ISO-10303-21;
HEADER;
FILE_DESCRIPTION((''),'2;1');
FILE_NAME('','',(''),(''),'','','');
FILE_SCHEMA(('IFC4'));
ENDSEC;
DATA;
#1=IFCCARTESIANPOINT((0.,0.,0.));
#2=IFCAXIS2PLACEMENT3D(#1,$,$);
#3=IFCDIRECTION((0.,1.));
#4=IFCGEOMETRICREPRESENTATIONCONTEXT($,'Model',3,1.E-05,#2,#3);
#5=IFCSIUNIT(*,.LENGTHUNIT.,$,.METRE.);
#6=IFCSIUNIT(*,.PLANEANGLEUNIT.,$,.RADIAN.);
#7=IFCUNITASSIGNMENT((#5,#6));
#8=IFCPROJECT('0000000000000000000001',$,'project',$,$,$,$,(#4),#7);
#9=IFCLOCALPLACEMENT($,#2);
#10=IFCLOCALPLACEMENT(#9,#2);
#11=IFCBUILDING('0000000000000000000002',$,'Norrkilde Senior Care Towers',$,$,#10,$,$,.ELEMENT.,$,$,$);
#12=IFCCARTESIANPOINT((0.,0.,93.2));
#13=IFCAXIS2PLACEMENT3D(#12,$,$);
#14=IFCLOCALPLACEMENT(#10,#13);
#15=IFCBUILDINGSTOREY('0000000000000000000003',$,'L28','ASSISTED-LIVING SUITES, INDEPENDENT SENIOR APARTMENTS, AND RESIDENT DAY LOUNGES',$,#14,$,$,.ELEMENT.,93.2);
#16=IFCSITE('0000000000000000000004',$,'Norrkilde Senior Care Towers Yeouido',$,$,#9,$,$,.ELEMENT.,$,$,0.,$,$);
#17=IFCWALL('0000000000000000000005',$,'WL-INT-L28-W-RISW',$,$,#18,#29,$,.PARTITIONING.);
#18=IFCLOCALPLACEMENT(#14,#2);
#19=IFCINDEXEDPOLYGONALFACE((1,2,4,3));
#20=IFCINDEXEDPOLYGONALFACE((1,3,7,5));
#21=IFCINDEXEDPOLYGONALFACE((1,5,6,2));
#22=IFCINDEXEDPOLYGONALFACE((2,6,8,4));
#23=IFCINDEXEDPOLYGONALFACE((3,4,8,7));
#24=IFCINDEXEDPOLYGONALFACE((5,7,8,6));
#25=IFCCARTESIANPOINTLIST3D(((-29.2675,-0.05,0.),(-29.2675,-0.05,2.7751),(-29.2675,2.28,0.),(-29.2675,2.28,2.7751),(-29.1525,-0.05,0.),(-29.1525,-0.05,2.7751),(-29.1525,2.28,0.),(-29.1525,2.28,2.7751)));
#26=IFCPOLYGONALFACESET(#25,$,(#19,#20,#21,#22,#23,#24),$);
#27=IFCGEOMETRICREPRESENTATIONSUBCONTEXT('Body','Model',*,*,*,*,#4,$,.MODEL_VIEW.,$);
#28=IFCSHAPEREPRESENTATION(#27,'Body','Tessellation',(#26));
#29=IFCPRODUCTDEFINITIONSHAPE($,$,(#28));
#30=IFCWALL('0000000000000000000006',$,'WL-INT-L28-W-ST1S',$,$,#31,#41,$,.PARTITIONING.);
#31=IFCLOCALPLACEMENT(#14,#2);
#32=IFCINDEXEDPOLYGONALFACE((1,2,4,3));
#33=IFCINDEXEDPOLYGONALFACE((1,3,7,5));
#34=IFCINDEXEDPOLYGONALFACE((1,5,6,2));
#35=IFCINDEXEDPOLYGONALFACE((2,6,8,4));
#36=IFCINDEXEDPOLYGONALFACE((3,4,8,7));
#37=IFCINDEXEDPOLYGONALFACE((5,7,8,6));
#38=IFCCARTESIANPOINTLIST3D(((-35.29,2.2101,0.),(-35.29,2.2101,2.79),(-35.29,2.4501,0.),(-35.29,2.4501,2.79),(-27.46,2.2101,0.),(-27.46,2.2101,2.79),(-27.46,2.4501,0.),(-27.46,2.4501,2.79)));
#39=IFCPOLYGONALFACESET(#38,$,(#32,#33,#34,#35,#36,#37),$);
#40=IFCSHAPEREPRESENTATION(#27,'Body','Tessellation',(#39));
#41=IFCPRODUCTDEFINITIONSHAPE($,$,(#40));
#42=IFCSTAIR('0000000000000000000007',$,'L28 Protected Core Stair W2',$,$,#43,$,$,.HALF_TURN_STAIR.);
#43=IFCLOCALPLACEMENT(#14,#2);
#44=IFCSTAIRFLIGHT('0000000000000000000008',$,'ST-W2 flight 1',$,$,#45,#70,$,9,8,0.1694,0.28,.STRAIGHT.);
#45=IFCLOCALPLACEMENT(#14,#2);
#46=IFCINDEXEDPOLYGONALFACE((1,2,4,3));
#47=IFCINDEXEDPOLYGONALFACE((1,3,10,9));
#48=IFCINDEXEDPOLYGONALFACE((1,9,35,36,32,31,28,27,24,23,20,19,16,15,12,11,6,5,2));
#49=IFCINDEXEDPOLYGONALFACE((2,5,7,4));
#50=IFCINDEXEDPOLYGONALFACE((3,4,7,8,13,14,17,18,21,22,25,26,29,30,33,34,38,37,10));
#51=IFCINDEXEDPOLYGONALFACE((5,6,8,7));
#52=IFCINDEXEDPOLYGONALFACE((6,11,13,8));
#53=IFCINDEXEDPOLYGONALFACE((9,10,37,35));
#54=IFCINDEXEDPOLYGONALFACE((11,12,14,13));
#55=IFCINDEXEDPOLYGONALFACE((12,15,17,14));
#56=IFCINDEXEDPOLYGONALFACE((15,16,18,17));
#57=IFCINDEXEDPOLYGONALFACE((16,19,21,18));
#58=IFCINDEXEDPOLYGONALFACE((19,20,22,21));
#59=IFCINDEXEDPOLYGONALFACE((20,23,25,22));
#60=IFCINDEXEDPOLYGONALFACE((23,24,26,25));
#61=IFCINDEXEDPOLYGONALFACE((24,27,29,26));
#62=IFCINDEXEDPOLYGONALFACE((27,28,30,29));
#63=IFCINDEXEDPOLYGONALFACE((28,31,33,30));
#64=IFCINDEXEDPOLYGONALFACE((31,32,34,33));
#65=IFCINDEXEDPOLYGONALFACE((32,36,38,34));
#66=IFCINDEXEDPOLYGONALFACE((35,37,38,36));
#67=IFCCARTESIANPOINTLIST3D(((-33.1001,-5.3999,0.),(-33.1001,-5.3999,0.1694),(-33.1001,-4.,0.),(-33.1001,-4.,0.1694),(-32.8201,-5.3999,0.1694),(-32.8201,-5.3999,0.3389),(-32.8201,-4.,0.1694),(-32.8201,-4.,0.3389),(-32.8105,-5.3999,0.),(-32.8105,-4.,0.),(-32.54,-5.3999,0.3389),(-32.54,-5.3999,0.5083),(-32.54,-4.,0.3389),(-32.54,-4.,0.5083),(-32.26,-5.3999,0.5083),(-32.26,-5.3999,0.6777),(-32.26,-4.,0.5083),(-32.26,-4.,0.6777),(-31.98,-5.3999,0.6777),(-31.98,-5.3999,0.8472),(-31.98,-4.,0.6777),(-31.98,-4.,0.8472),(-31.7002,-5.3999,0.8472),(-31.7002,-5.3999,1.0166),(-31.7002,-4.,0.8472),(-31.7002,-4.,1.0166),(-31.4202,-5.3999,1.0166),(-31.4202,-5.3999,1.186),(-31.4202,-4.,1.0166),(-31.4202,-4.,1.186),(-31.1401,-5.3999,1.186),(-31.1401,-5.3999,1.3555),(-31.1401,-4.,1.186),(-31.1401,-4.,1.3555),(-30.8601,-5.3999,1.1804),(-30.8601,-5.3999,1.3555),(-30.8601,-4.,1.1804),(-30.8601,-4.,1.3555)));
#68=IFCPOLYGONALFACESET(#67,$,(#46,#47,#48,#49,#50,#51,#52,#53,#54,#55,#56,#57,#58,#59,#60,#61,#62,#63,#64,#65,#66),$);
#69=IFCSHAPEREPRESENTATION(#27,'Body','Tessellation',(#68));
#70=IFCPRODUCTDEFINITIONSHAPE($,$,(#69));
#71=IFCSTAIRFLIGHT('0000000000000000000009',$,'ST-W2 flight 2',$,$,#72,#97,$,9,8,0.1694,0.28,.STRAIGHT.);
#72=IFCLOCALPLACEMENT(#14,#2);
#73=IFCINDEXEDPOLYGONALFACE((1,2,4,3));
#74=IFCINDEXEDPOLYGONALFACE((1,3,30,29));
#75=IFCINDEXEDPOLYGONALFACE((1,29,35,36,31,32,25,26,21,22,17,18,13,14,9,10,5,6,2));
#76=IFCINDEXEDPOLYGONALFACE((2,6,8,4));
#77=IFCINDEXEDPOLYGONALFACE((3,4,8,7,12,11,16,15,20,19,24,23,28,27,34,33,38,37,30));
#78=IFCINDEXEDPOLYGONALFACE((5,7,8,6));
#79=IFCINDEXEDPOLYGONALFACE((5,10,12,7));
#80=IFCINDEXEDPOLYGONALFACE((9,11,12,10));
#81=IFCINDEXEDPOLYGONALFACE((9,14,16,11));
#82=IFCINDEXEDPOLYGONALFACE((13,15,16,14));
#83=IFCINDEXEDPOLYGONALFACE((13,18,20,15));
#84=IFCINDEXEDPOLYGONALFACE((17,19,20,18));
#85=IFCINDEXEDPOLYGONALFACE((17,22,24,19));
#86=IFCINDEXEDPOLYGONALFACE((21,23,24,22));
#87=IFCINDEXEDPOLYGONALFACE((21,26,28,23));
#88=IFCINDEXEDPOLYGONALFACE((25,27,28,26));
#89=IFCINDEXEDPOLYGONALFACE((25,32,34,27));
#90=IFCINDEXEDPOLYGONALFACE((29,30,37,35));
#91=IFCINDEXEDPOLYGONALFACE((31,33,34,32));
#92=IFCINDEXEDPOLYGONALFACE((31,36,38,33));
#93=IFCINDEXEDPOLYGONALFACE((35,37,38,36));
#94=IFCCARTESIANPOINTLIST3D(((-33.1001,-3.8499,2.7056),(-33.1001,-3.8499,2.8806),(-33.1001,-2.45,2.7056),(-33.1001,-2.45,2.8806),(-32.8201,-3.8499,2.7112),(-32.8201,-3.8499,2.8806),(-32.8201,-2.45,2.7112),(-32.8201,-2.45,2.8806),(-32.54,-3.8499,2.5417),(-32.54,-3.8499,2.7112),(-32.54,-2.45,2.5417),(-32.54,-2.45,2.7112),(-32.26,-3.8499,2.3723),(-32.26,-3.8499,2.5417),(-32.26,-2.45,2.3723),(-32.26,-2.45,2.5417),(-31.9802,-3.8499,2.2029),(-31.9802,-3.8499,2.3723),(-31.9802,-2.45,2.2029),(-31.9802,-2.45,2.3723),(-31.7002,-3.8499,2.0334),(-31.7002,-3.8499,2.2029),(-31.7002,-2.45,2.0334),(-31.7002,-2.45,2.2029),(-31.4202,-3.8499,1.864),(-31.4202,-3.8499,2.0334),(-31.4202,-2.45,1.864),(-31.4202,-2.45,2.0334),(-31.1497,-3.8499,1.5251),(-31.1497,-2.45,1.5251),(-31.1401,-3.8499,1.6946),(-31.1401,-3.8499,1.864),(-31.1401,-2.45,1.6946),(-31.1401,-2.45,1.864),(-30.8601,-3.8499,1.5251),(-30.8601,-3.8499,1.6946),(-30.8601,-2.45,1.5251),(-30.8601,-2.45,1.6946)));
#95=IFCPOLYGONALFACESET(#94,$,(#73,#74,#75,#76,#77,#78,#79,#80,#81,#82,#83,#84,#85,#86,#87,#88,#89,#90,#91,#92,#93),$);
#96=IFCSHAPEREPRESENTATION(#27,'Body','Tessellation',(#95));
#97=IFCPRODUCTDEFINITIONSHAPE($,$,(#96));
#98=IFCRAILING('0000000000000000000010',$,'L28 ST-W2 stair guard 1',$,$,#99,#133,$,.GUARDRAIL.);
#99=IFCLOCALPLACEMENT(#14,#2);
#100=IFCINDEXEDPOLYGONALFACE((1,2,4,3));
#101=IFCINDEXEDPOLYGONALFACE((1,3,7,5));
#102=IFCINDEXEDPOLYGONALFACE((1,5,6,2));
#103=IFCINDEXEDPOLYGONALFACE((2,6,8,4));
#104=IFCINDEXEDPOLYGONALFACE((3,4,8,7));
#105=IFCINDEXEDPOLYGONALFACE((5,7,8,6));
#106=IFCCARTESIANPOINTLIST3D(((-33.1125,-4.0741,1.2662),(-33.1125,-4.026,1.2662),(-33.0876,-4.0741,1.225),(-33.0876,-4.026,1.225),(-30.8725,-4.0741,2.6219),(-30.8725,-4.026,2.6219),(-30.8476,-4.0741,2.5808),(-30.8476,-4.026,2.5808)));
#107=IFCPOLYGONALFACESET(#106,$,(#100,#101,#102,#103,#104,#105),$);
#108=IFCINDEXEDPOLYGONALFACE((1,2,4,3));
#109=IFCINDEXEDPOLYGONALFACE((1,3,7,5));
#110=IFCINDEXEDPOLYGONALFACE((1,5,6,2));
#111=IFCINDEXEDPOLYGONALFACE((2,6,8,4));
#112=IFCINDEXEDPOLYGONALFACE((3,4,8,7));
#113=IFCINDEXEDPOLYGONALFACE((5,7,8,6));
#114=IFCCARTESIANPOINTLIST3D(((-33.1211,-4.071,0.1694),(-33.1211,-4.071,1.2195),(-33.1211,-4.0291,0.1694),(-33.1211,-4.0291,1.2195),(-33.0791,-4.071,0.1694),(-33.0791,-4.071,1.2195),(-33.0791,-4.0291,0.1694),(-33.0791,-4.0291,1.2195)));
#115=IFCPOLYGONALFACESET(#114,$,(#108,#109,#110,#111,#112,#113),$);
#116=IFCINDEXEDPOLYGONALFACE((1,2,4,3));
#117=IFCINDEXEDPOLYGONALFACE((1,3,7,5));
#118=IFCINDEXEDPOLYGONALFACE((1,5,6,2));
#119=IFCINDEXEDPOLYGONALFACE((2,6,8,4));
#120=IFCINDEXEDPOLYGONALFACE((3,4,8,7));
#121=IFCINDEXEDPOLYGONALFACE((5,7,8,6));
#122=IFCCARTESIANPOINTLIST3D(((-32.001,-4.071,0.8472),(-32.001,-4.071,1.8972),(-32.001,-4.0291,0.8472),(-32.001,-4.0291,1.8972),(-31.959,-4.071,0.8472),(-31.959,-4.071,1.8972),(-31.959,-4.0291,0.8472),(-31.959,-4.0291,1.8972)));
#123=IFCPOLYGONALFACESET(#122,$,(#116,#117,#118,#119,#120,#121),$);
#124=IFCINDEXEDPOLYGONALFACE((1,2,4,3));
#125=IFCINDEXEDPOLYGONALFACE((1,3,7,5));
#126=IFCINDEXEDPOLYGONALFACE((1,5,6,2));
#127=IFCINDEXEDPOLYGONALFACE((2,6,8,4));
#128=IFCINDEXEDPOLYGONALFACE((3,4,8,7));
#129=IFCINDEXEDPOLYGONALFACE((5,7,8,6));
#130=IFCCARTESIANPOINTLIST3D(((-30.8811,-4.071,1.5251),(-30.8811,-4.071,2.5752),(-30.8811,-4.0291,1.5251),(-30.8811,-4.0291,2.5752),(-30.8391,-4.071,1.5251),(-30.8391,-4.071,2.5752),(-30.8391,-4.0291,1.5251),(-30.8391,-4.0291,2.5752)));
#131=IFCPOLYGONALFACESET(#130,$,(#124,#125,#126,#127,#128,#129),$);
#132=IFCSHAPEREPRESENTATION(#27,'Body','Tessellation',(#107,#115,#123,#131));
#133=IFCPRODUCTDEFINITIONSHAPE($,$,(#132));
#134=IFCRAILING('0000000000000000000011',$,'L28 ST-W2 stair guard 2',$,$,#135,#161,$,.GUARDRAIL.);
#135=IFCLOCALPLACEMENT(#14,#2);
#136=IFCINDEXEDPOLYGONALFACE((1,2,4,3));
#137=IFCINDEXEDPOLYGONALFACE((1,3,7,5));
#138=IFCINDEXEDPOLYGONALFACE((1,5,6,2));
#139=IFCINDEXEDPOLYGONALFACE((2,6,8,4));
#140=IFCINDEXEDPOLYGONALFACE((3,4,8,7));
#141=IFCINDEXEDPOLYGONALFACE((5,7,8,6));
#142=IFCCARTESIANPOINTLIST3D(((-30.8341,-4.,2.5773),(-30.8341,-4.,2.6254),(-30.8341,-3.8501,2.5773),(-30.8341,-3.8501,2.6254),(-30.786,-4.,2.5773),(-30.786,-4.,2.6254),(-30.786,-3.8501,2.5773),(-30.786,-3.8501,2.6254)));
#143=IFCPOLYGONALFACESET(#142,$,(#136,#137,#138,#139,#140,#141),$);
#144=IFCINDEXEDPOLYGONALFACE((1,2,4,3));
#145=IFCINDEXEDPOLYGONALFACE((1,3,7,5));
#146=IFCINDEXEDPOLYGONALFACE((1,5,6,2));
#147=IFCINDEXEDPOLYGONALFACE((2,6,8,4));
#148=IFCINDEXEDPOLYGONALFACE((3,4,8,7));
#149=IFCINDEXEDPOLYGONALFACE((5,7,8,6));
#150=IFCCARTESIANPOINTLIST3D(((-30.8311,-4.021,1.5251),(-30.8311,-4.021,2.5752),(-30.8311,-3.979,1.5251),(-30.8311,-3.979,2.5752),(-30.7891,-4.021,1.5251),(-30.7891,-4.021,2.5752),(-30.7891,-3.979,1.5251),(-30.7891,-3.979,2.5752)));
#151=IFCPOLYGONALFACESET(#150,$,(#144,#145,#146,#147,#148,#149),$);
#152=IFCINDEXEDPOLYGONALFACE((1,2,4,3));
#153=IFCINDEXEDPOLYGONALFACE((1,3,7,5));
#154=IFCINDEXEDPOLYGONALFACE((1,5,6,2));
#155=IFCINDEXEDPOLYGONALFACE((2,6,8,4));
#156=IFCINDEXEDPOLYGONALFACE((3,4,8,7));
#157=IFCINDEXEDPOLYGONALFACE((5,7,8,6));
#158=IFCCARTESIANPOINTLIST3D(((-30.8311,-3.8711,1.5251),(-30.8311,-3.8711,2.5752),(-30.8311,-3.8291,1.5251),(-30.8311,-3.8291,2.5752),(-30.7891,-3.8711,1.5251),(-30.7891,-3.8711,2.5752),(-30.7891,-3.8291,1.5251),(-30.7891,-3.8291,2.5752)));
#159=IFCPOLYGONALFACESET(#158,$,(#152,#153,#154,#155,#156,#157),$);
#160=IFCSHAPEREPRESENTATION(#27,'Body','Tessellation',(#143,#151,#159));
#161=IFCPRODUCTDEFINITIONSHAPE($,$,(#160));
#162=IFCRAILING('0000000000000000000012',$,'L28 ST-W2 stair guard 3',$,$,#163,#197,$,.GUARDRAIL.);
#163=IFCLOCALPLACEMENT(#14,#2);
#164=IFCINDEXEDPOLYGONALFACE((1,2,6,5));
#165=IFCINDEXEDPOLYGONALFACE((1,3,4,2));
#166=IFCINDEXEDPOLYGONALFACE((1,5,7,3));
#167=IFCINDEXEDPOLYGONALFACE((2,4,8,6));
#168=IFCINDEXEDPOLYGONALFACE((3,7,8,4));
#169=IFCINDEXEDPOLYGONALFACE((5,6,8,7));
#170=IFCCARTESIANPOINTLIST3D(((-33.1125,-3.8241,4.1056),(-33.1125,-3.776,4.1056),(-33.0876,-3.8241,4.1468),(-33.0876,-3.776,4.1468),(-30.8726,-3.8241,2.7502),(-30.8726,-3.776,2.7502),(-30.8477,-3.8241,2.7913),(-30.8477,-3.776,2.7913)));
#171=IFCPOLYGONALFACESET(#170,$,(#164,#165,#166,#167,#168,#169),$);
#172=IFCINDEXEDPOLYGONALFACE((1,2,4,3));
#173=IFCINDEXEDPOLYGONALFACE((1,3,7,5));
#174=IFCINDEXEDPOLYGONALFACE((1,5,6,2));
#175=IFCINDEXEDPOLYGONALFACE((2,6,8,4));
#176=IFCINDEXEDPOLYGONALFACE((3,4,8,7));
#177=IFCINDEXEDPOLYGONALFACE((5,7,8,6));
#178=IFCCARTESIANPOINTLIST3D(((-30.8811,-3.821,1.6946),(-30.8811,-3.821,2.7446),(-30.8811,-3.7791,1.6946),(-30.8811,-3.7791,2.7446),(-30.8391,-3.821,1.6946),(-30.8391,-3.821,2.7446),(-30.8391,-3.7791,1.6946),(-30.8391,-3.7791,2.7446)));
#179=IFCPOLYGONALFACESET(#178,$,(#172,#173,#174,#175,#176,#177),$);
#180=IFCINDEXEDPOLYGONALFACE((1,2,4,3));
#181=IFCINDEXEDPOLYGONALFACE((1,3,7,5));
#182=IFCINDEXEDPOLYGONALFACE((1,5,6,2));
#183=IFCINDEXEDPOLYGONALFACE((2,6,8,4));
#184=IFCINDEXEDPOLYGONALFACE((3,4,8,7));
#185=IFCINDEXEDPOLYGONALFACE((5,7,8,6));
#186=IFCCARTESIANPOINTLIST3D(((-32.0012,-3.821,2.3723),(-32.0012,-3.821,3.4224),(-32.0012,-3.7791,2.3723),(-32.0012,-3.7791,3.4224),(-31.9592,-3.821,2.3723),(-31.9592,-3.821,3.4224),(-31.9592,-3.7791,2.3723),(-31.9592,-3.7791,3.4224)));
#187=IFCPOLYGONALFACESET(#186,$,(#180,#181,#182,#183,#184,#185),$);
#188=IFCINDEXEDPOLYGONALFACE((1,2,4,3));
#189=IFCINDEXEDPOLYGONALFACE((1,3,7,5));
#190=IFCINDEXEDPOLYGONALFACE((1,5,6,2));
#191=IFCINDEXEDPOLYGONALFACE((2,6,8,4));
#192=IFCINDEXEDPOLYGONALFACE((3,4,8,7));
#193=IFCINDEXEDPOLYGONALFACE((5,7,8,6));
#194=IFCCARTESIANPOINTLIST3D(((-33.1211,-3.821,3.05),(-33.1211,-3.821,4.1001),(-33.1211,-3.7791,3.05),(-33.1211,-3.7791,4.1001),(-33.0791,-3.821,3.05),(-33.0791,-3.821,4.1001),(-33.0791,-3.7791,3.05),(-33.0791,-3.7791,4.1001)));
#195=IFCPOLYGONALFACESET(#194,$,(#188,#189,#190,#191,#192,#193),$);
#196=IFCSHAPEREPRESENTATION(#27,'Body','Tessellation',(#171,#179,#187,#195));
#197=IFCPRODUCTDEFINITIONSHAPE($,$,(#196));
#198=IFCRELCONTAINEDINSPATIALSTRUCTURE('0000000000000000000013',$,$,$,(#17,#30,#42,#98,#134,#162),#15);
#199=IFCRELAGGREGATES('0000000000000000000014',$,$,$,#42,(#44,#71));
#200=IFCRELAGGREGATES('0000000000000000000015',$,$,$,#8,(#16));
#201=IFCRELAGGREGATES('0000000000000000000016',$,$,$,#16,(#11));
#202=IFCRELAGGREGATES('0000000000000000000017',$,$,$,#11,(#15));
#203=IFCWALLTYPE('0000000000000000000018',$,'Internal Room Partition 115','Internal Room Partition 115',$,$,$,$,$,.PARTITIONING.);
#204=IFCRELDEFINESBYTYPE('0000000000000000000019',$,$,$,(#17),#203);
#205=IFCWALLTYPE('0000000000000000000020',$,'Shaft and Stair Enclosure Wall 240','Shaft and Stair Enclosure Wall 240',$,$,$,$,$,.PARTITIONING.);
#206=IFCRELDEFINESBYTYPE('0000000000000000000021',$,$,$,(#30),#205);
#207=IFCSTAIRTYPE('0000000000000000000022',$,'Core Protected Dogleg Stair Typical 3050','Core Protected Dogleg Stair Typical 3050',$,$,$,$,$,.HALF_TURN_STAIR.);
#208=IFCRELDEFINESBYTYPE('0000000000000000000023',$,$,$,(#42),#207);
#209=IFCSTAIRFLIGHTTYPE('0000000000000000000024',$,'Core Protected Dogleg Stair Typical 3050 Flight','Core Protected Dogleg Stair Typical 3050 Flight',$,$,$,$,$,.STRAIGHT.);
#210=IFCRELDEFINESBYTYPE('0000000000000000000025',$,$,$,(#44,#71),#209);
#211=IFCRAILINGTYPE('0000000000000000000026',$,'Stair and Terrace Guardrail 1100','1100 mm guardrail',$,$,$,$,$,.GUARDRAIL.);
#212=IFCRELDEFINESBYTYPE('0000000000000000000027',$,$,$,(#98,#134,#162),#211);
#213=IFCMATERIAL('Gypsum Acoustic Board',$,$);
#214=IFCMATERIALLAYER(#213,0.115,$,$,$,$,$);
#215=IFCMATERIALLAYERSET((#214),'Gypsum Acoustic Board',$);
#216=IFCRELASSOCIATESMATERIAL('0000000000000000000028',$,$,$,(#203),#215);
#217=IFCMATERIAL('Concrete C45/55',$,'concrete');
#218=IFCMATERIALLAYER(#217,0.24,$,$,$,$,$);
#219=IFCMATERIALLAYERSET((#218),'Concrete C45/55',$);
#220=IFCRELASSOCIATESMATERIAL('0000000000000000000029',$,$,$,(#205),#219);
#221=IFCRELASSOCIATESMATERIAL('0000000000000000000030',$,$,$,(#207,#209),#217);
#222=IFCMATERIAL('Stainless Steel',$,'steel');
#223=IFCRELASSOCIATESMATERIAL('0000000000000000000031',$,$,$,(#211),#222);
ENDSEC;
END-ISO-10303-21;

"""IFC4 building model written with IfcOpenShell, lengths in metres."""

from ifc_helpers import new_model, si_unit, direction, frame, frame_2d, origin, origin_2d, place, context, subcontext, project, spatial, polyline, rectangle, outline, extrude, source, transform, mapped, material, layer, layer_set, type_object, type_shapes, element, aggregate, save


model = new_model("IFC4")

# Units and contexts
model_context = context("Model", 3, precision=1e-05, world=origin(), true_north=direction((0.0, 1.0)))
body_context = subcontext(model_context, "Body", "Model", "MODEL_VIEW")
ifc_project = project(units=[si_unit("LENGTHUNIT", "METRE"), si_unit("PLANEANGLEUNIT", "RADIAN")], contexts=[model_context])

# Site, building, storey
site_placement = place(None, origin())
site = spatial("IfcSite", under=ifc_project, at=site_placement, Name="Norrkilde Senior Care Towers Yeouido", CompositionType="ELEMENT", RefElevation=0.0)
building_placement = place(site_placement, origin())
building = spatial("IfcBuilding", under=site, at=building_placement, Name="Norrkilde Senior Care Towers", CompositionType="ELEMENT")
storey_placement = place(building_placement, frame((0.0, 0.0, 93.2)))
storey = spatial("IfcBuildingStorey", under=building, at=storey_placement, Name="L28", Description="ASSISTED-LIVING SUITES, INDEPENDENT SENIOR APARTMENTS, AND RESIDENT DAY LOUNGES", CompositionType="ELEMENT", Elevation=93.2)

# Shared definitions
ifc_material_1 = material(Name="Concrete C45/55", Category="concrete")

# Walls
ifc_material_2 = material(Name="Gypsum Acoustic Board")
ifc_layer_1 = layer(ifc_material_2, 0.115)
ifc_layer_set_1 = layer_set([ifc_layer_1], Name="Gypsum Acoustic Board")
wall_type_1 = type_object("IfcWallType", Name="Internal Room Partition 115", Description="Internal Room Partition 115", PredefinedType="PARTITIONING", material=ifc_layer_set_1)
shared_shape_1 = source(origin(), body_context, "Body", "SweptSolid", [
    extrude(rectangle(XDim=2.3301, YDim=0.115, at=frame_2d((1.165, 0.0))), origin(), (0.0, 0.0, 1.0), 2.7751),
])
type_shapes(wall_type_1, [shared_shape_1])
wall_1_placement = place(storey_placement, frame((-29.21, -0.05, 0.0), z_axis=(0.0, 0.0, 1.0), x_axis=(0.0, 1.0, 0.0)))
element("IfcWall", 1, at=wall_1_placement, inside=storey, type_object=wall_type_1, Name="WL-INT-L28-W-RISW", PredefinedType="PARTITIONING", context=body_context, shape_type="MappedRepresentation", body=[
    mapped(shared_shape_1, transform((0.0, 0.0, 0.0), x_axis=(1.0, 0.0, 0.0), y_axis=(0.0, 1.0, 0.0), z_axis=(0.0, 0.0, 1.0), scale=1.0)),
])
ifc_layer_2 = layer(ifc_material_1, 0.24)
ifc_layer_set_2 = layer_set([ifc_layer_2], Name="Concrete C45/55")
wall_type_2 = type_object("IfcWallType", Name="Shaft and Stair Enclosure Wall 240", Description="Shaft and Stair Enclosure Wall 240", PredefinedType="PARTITIONING", material=ifc_layer_set_2)
shared_shape_2 = source(origin(), body_context, "Body", "SweptSolid", [
    extrude(rectangle(XDim=7.8301, YDim=0.24, at=frame_2d((3.915, 0.0))), origin(), (0.0, 0.0, 1.0), 2.79),
])
type_shapes(wall_type_2, [shared_shape_2])
wall_2_placement = place(storey_placement, frame((-35.29, 2.3301, 0.0), z_axis=(0.0, 0.0, 1.0), x_axis=(1.0, 0.0, 0.0)))
element("IfcWall", 2, at=wall_2_placement, inside=storey, type_object=wall_type_2, Name="WL-INT-L28-W-ST1S", PredefinedType="PARTITIONING", context=body_context, shape_type="MappedRepresentation", body=[
    mapped(shared_shape_2, transform((0.0, 0.0, 0.0), x_axis=(1.0, 0.0, 0.0), y_axis=(0.0, 1.0, 0.0), z_axis=(0.0, 0.0, 1.0), scale=1.0)),
])

# Stair, stair flights
stair_type = type_object("IfcStairType", Name="Core Protected Dogleg Stair Typical 3050", Description="Core Protected Dogleg Stair Typical 3050", PredefinedType="HALF_TURN_STAIR", material=ifc_material_1)
stair_placement = place(storey_placement, origin())
stair = element("IfcStair", 3, at=stair_placement, inside=storey, type_object=stair_type, Name="L28 Protected Core Stair W2", PredefinedType="HALF_TURN_STAIR")
stair_flight_type = type_object("IfcStairFlightType", Name="Core Protected Dogleg Stair Typical 3050 Flight", Description="Core Protected Dogleg Stair Typical 3050 Flight", PredefinedType="STRAIGHT", material=ifc_material_1)
stair_flight_1_placement = place(storey_placement, frame((-33.1001, -4.7, 0.0), z_axis=(0.0, 0.0, 1.0), x_axis=(1.0, 0.0, 0.0)))
stair_flight_1 = element("IfcStairFlight", 4, at=stair_flight_1_placement, type_object=stair_flight_type, Name="ST-W2 flight 1", NumberOfRisers=9, NumberOfTreads=8, PredefinedType="STRAIGHT", RiserHeight=0.1694, TreadLength=0.28, context=body_context, shape_type="SweptSolid", body=[
    extrude(outline(polyline([(0.0, 0.0), (0.0, 0.1694), (0.28, 0.1694), (0.28, 0.3389), (0.5601, 0.3389), (0.5601, 0.5083), (0.8401, 0.5083), (0.8401, 0.6777), (1.1201, 0.6777), (1.1201, 0.8472), (1.3999, 0.8472), (1.3999, 1.0166), (1.6799, 1.0166), (1.6799, 1.186), (1.96, 1.186), (1.96, 1.3555), (2.24, 1.3555), (2.24, 1.5249), (2.24, 1.1804), (0.2896, 0.0), (0.0, 0.0)])), frame((0.0, 0.7, 0.0), z_axis=(0.0, -1.0, 0.0), x_axis=(1.0, 0.0, 0.0)), (0.0, 0.0, 1.0), 1.3999),
])
stair_flight_2_placement = place(storey_placement, frame((-30.8601, -3.1499, 1.5251), z_axis=(0.0, 0.0, 1.0), x_axis=(-1.0, 0.0, 0.0)))
stair_flight_2 = element("IfcStairFlight", 5, at=stair_flight_2_placement, type_object=stair_flight_type, Name="ST-W2 flight 2", NumberOfRisers=9, NumberOfTreads=8, PredefinedType="STRAIGHT", RiserHeight=0.1694, TreadLength=0.28, context=body_context, shape_type="SweptSolid", body=[
    extrude(outline(polyline([(0.0, 0.0), (0.0, 0.1694), (0.28, 0.1694), (0.28, 0.3389), (0.5601, 0.3389), (0.5601, 0.5083), (0.8401, 0.5083), (0.8401, 0.6777), (1.1201, 0.6777), (1.1201, 0.8472), (1.3999, 0.8472), (1.3999, 1.0166), (1.6799, 1.0166), (1.6799, 1.186), (1.96, 1.186), (1.96, 1.3555), (2.24, 1.3555), (2.24, 1.5249), (2.24, 1.1804), (0.2896, 0.0), (0.0, 0.0)])), frame((0.0, 0.7, 0.0), z_axis=(0.0, -1.0, 0.0), x_axis=(1.0, 0.0, 0.0)), (0.0, 0.0, 1.0), 1.3999),
])
aggregate(stair, [stair_flight_1, stair_flight_2])

# Railings
ifc_material_3 = material(Name="Stainless Steel", Category="steel")
railing_type_1 = type_object("IfcRailingType", Name="Stair and Terrace Guardrail 1100", Description="1100 mm guardrail", PredefinedType="GUARDRAIL", material=ifc_material_3)
railing_1_placement = place(storey_placement, frame((-33.1001, -4.05, 0.1694)))
element("IfcRailing", 6, at=railing_1_placement, inside=storey, type_object=railing_type_1, Name="L28 ST-W2 stair guard 1", PredefinedType="GUARDRAIL", context=body_context, shape_type="SweptSolid", body=[
    extrude(rectangle(XDim=0.0481, YDim=0.0481, at=origin_2d()), frame((0.0, 0.0, 1.0762), z_axis=(0.855512, 0.0, 0.517783), x_axis=(0.0, 1.0, 0.0)), (0.0, 0.0, 1.0), 2.6184),
    extrude(rectangle(XDim=0.042, YDim=0.042, at=origin_2d()), origin(), (0.0, 0.0, 1.0), 1.05),
    extrude(rectangle(XDim=0.042, YDim=0.042, at=origin_2d()), frame((1.1201, 0.0, 0.6777)), (0.0, 0.0, 1.0), 1.05),
    extrude(rectangle(XDim=0.042, YDim=0.042, at=origin_2d()), frame((2.24, 0.0, 1.3557)), (0.0, 0.0, 1.0), 1.05),
])
railing_2_placement = place(storey_placement, frame((-30.8101, -4.0, 1.5251)))
element("IfcRailing", 7, at=railing_2_placement, inside=storey, type_object=railing_type_1, Name="L28 ST-W2 stair guard 2", PredefinedType="GUARDRAIL", context=body_context, shape_type="SweptSolid", body=[
    extrude(rectangle(XDim=0.0481, YDim=0.0481, at=origin_2d()), frame((0.0, 0.0, 1.0762), z_axis=(0.0, 1.0, 0.0), x_axis=(-1.0, 0.0, 0.0)), (0.0, 0.0, 1.0), 0.1499),
    extrude(rectangle(XDim=0.042, YDim=0.042, at=origin_2d()), origin(), (0.0, 0.0, 1.0), 1.05),
    extrude(rectangle(XDim=0.042, YDim=0.042, at=origin_2d()), frame((0.0, 0.1499, 0.0)), (0.0, 0.0, 1.0), 1.05),
])
railing_3_placement = place(storey_placement, frame((-30.8601, -3.8, 1.6946)))
element("IfcRailing", 8, at=railing_3_placement, inside=storey, type_object=railing_type_1, Name="L28 ST-W2 stair guard 3", PredefinedType="GUARDRAIL", context=body_context, shape_type="SweptSolid", body=[
    extrude(rectangle(XDim=0.0481, YDim=0.0481, at=origin_2d()), frame((0.0, 0.0, 1.0762), z_axis=(-0.855553, 0.0, 0.517715), x_axis=(0.0, -1.0, 0.0)), (0.0, 0.0, 1.0), 2.6182),
    extrude(rectangle(XDim=0.042, YDim=0.042, at=origin_2d()), origin(), (0.0, 0.0, 1.0), 1.05),
    extrude(rectangle(XDim=0.042, YDim=0.042, at=origin_2d()), frame((-1.1201, 0.0, 0.6777)), (0.0, 0.0, 1.0), 1.05),
    extrude(rectangle(XDim=0.042, YDim=0.042, at=origin_2d()), frame((-2.24, 0.0, 1.3555)), (0.0, 0.0, 1.0), 1.05),
])

save(model, "model.ifc")
